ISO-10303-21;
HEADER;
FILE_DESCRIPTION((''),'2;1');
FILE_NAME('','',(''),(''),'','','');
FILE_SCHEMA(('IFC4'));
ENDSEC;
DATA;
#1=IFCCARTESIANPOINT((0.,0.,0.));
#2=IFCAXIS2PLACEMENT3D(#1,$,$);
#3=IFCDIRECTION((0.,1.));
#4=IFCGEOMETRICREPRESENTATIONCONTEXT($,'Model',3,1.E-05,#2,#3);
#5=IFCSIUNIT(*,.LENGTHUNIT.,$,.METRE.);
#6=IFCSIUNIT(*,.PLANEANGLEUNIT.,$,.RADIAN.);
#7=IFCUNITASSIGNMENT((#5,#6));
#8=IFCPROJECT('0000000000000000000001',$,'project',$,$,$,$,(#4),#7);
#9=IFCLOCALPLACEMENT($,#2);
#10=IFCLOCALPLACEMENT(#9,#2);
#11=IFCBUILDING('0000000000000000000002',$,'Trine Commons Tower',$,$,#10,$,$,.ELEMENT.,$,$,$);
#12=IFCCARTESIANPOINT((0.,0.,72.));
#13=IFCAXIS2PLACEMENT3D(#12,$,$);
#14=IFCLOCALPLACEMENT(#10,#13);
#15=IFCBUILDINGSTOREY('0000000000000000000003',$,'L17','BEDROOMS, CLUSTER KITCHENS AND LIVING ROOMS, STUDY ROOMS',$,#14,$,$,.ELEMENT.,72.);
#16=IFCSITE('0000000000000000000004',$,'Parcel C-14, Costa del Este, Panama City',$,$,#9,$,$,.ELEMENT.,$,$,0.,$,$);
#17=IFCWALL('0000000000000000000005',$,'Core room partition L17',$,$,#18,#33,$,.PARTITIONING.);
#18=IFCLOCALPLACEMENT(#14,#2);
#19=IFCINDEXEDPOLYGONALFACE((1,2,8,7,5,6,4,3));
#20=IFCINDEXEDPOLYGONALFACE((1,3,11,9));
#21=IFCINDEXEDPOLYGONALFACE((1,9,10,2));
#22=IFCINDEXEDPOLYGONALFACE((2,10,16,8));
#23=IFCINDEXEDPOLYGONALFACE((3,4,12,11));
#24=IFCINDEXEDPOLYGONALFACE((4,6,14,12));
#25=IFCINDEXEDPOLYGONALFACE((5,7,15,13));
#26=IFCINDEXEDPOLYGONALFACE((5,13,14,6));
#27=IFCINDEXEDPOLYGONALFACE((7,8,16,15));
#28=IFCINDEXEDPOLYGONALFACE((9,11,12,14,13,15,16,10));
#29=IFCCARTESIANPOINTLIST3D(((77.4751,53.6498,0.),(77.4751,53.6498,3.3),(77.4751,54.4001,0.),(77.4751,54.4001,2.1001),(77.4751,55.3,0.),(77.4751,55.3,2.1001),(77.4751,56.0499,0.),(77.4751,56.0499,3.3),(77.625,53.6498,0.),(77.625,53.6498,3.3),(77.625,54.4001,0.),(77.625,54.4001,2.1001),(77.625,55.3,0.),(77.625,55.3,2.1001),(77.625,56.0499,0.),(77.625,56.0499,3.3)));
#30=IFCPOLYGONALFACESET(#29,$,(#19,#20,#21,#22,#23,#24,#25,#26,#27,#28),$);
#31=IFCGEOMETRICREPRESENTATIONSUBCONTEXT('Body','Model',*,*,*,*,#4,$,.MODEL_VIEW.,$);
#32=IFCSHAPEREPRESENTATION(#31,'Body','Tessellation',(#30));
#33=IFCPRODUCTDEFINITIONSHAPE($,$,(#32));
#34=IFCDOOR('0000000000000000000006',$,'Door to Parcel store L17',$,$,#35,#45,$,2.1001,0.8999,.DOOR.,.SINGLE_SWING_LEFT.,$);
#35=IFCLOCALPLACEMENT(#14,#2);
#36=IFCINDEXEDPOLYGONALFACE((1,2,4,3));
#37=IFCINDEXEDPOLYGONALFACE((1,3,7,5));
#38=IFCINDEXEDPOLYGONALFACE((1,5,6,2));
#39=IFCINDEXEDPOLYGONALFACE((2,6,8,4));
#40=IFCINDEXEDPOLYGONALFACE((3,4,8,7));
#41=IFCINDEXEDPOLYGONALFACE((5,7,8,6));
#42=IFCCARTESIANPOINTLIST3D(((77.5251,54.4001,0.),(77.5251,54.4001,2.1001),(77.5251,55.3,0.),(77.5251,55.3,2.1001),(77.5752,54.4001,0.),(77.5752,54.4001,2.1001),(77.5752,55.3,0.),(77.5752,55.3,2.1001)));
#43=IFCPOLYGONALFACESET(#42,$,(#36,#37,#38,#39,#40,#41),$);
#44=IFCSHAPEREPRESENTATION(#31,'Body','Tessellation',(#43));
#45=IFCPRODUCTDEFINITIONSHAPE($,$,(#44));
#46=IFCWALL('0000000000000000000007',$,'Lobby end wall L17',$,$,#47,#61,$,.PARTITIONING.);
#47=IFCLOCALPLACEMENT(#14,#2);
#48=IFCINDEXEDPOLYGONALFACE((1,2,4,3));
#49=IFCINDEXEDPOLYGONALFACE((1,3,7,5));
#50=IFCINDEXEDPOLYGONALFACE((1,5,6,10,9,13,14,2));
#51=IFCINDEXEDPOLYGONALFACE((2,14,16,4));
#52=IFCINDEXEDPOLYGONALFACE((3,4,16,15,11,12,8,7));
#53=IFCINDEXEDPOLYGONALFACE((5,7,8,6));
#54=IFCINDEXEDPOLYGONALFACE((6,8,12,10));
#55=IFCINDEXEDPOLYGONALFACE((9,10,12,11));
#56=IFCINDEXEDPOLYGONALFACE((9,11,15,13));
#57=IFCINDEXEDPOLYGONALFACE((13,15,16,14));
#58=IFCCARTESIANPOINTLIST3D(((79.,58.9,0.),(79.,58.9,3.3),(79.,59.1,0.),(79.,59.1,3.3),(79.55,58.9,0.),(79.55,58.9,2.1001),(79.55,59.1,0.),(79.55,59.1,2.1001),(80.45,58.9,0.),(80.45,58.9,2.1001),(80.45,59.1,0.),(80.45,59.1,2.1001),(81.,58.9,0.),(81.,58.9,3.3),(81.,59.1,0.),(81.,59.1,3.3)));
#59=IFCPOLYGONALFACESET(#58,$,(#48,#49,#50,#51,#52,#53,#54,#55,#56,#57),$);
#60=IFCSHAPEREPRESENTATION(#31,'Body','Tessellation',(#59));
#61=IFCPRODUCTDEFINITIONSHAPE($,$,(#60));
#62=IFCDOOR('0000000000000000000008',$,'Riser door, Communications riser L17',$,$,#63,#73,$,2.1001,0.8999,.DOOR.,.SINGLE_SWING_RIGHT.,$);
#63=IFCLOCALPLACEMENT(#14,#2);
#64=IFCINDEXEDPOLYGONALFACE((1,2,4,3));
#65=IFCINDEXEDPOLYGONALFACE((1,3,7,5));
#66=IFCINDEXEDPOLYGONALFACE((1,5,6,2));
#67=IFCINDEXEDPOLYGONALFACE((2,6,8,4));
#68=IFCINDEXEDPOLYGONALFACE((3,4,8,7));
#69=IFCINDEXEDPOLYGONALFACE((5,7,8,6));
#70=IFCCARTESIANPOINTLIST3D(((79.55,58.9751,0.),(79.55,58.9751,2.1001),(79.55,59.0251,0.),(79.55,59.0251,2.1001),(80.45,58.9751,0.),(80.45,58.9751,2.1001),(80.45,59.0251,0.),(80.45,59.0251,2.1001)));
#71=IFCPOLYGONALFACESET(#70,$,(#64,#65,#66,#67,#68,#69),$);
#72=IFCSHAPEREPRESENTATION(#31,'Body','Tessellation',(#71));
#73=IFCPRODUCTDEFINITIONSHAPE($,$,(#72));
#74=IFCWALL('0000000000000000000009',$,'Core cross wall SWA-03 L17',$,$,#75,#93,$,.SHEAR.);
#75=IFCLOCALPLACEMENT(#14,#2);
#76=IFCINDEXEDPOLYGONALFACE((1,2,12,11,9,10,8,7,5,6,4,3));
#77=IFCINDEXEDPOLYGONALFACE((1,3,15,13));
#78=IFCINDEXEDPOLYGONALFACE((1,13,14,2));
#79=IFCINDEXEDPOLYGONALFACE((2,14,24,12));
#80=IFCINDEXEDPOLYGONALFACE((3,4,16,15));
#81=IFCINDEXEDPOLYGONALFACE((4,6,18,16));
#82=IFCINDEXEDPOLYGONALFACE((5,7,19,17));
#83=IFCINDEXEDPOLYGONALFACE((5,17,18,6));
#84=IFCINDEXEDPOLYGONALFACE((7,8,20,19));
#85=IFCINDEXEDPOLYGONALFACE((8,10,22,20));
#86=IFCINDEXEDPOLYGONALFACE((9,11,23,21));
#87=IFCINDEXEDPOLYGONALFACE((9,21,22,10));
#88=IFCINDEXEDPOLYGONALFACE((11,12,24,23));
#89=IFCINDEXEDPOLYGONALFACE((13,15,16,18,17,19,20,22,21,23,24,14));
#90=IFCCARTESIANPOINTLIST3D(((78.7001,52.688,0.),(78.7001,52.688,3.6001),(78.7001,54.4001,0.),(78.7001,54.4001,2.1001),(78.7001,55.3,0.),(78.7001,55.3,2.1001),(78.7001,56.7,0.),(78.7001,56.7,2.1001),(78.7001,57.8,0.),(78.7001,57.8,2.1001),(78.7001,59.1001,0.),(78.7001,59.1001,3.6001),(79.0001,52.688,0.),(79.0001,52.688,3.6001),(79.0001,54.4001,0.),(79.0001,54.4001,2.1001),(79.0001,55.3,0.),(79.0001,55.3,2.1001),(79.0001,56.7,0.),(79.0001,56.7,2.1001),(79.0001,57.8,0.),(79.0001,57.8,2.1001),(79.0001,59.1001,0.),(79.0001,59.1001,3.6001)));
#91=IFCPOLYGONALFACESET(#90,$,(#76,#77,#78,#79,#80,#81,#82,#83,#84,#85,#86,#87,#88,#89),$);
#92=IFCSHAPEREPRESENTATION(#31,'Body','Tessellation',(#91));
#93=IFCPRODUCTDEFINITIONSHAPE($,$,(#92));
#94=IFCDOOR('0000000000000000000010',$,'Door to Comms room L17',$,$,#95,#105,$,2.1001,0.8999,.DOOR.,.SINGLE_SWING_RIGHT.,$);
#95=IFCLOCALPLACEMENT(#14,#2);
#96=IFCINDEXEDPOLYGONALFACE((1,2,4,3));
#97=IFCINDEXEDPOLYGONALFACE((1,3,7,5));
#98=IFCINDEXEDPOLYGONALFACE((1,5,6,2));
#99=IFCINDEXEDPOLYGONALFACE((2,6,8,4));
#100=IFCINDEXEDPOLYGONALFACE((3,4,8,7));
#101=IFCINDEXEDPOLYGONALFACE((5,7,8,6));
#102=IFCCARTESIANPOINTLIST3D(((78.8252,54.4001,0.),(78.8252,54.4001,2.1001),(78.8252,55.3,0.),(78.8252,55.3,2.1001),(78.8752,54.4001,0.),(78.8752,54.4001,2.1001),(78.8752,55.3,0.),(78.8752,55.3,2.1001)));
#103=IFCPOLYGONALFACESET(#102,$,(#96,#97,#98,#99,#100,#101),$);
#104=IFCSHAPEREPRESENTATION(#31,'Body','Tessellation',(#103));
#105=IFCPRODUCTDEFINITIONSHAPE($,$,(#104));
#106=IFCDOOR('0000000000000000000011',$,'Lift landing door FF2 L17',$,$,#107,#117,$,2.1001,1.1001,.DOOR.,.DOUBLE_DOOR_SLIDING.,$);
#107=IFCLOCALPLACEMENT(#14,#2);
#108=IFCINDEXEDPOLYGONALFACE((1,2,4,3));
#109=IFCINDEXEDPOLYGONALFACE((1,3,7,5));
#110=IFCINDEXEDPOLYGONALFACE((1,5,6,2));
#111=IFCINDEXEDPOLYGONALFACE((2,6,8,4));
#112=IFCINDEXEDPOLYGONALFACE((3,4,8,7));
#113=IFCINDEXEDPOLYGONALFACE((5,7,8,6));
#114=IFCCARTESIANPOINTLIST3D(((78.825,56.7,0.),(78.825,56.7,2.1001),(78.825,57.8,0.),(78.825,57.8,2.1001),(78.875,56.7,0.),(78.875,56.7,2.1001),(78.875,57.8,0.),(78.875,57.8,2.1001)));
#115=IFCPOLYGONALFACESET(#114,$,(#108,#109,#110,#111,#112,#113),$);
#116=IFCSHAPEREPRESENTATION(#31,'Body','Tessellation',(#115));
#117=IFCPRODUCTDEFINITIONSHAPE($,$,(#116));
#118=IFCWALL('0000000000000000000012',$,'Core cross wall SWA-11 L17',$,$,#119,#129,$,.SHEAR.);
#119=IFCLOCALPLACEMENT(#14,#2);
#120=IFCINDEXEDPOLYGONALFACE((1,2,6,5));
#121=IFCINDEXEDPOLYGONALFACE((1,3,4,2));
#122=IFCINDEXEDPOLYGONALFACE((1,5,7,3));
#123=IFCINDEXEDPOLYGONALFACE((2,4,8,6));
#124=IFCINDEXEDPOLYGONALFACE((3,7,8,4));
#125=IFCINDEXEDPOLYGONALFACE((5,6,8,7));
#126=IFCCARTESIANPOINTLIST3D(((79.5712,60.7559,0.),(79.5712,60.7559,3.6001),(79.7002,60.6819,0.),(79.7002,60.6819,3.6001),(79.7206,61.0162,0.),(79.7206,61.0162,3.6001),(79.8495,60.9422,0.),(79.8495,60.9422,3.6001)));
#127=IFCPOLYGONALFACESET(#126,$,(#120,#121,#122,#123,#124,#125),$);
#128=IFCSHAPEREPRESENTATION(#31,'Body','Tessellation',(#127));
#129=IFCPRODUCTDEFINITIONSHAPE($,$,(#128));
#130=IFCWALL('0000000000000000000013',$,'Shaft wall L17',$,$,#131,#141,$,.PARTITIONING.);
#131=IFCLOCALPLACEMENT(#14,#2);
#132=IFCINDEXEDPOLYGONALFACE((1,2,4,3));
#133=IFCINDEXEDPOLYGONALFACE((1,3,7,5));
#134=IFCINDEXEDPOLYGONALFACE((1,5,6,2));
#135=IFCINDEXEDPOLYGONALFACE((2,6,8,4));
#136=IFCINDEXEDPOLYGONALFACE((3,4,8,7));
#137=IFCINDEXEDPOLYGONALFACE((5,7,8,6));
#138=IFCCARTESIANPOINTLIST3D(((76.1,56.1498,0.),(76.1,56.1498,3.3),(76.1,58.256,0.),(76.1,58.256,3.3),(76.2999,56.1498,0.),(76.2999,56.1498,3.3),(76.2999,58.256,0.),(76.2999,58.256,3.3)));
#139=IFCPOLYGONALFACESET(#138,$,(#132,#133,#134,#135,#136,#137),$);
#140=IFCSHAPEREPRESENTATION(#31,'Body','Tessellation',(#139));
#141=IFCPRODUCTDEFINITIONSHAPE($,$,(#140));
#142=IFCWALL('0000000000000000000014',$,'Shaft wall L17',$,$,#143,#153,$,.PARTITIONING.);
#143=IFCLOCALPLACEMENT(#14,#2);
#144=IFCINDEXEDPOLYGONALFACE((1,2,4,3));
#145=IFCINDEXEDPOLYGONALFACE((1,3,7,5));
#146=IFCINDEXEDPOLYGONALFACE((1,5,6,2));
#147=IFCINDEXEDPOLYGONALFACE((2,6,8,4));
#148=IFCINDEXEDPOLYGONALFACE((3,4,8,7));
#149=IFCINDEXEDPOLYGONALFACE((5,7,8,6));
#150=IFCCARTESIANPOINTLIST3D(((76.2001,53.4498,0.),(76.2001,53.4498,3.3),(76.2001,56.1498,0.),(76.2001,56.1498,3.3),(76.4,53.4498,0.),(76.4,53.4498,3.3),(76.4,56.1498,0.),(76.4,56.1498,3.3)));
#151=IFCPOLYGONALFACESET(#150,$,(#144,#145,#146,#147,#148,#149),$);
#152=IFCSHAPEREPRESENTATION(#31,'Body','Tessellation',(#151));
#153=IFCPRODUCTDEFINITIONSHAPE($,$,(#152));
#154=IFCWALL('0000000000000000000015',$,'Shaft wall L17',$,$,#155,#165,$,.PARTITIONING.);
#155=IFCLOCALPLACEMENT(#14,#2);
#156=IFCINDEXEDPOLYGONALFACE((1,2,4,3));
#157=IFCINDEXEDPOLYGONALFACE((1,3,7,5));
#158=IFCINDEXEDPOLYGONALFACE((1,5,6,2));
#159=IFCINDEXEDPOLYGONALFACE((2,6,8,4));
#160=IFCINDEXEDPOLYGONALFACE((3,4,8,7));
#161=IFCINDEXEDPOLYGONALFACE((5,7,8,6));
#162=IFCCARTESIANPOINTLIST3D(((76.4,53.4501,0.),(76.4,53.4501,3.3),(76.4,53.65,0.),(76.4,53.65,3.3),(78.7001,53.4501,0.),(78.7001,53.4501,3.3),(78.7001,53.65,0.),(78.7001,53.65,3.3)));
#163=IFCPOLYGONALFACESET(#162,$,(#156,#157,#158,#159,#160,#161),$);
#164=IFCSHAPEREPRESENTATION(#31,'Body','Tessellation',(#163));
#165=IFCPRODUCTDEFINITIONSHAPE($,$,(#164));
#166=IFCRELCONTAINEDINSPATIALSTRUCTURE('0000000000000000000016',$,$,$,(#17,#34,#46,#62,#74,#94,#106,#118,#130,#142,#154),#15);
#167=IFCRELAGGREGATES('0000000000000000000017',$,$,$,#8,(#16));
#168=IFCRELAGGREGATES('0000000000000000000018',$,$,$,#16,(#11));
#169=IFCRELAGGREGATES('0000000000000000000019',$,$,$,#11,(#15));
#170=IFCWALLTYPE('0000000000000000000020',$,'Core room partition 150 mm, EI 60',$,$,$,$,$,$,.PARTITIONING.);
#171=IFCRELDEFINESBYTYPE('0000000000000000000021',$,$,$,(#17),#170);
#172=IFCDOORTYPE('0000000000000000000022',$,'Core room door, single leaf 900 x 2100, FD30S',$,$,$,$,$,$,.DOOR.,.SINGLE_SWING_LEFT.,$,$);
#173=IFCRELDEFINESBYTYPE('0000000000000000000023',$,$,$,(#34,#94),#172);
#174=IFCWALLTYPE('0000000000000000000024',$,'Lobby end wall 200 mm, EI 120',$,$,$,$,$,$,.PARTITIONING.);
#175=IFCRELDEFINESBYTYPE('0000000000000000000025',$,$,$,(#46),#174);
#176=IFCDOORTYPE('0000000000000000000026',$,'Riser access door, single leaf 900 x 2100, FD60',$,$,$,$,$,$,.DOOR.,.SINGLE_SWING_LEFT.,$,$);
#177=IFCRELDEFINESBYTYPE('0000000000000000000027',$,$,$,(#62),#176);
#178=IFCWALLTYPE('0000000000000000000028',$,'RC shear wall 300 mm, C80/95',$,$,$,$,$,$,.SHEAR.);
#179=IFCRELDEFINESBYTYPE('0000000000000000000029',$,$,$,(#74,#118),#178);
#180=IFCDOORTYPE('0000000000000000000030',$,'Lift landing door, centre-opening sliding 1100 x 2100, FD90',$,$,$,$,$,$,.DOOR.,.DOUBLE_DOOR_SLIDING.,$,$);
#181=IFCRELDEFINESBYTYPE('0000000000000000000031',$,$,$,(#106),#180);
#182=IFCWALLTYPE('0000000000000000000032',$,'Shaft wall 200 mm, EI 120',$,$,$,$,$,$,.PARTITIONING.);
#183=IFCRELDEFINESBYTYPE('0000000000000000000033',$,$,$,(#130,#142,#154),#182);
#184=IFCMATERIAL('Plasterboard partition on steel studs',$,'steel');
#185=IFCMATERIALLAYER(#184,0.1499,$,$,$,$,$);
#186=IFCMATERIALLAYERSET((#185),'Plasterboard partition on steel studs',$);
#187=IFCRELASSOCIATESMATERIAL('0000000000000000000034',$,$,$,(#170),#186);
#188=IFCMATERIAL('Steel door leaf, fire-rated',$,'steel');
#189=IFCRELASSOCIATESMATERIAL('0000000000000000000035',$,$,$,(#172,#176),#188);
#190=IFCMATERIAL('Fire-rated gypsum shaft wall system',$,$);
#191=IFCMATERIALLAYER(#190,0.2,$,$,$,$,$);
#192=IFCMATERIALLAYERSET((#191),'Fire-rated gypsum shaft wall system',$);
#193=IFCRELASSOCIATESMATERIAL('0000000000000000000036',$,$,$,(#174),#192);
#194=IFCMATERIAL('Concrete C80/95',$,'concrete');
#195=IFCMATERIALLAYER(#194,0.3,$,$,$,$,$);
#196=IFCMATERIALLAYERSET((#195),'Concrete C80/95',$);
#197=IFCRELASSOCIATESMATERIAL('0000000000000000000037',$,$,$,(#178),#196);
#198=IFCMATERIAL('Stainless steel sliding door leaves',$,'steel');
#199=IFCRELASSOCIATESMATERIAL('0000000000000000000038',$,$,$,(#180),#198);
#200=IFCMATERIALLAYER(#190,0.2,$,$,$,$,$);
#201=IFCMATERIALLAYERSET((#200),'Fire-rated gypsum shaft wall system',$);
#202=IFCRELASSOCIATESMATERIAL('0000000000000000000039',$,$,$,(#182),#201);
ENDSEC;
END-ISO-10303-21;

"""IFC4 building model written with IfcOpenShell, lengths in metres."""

from ifc_helpers import new_model, si_unit, direction, frame, frame_2d, origin, place, context, subcontext, project, spatial, rectangle, extrude, material, layer, layer_set, type_object, element, fill, save


model = new_model("IFC4")

# Units and contexts
model_context = context("Model", 3, precision=1e-05, world=origin(), true_north=direction((0.0, 1.0)))
body_context = subcontext(model_context, "Body", "Model", "MODEL_VIEW")
ifc_project = project(units=[si_unit("LENGTHUNIT", "METRE"), si_unit("PLANEANGLEUNIT", "RADIAN")], contexts=[model_context])

# Site, building, storey
site_placement = place(None, origin())
site = spatial("IfcSite", under=ifc_project, at=site_placement, Name="Parcel C-14, Costa del Este, Panama City", CompositionType="ELEMENT", RefElevation=0.0)
building_placement = place(site_placement, origin())
building = spatial("IfcBuilding", under=site, at=building_placement, Name="Trine Commons Tower", CompositionType="ELEMENT")
storey_placement = place(building_placement, frame((0.0, 0.0, 72.0)))
storey = spatial("IfcBuildingStorey", under=building, at=storey_placement, Name="L17", Description="BEDROOMS, CLUSTER KITCHENS AND LIVING ROOMS, STUDY ROOMS", CompositionType="ELEMENT", Elevation=72.0)

# Walls, openings, doors
ifc_material_1 = material(Name="Plasterboard partition on steel studs", Category="steel")
ifc_layer_1 = layer(ifc_material_1, 0.1499)
ifc_layer_set_1 = layer_set([ifc_layer_1], Name="Plasterboard partition on steel studs")
wall_type_1 = type_object("IfcWallType", Name="Core room partition 150 mm, EI 60", PredefinedType="PARTITIONING", material=ifc_layer_set_1)
wall_1_placement = place(storey_placement, frame((77.55, 56.05, 0.0), z_axis=(0.0, 0.0, 1.0), x_axis=(0.0, -1.0, 0.0)))
wall_1 = element("IfcWall", 1, at=wall_1_placement, inside=storey, type_object=wall_type_1, Name="Core room partition L17", PredefinedType="PARTITIONING", context=body_context, shape_type="SweptSolid", body=[
    extrude(rectangle(XDim=2.4001, YDim=0.1499, at=frame_2d((1.2002, 0.0))), origin(), (0.0, 0.0, 1.0), 3.3),
])
opening_1_placement = place(wall_1_placement, frame((0.75, 0.0, 0.0)))
opening_1 = element("IfcOpeningElement", 2, at=opening_1_placement, cuts=wall_1, PredefinedType="OPENING", context=body_context, shape_type="SweptSolid", body=[
    extrude(rectangle(XDim=0.8999, YDim=2.1001, at=frame_2d((0.45, 1.05))), frame((0.0, 0.085, 0.0), z_axis=(0.0, -1.0, 0.0), x_axis=(1.0, 0.0, 0.0)), (0.0, 0.0, 1.0), 0.1699),
])
ifc_material_2 = material(Name="Steel door leaf, fire-rated", Category="steel")
door_type_1 = type_object("IfcDoorType", Name="Core room door, single leaf 900 x 2100, FD30S", OperationType="SINGLE_SWING_LEFT", PredefinedType="DOOR", material=ifc_material_2)
door_1_placement = place(opening_1_placement, frame((0.8999, 0.0, 0.0), z_axis=(0.0, 0.0, 1.0), x_axis=(-1.0, 0.0, 0.0)))
door_1 = element("IfcDoor", 3, at=door_1_placement, inside=storey, type_object=door_type_1, Name="Door to Parcel store L17", OperationType="SINGLE_SWING_LEFT", OverallHeight=2.1001, OverallWidth=0.8999, PredefinedType="DOOR", context=body_context, shape_type="SweptSolid", body=[
    extrude(rectangle(XDim=0.8999, YDim=2.1001, at=frame_2d((0.45, 1.05))), frame((0.0, 0.0249, 0.0), z_axis=(0.0, -1.0, 0.0), x_axis=(1.0, 0.0, 0.0)), (0.0, 0.0, 1.0), 0.05),
])
fill(opening_1, door_1)
ifc_material_3 = material(Name="Fire-rated gypsum shaft wall system")
ifc_layer_2 = layer(ifc_material_3, 0.2)
ifc_layer_set_2 = layer_set([ifc_layer_2], Name="Fire-rated gypsum shaft wall system")
wall_type_2 = type_object("IfcWallType", Name="Lobby end wall 200 mm, EI 120", PredefinedType="PARTITIONING", material=ifc_layer_set_2)
wall_2_placement = place(storey_placement, frame((79.0, 59.0, 0.0), z_axis=(0.0, 0.0, 1.0), x_axis=(1.0, 0.0, 0.0)))
wall_2 = element("IfcWall", 4, at=wall_2_placement, inside=storey, type_object=wall_type_2, Name="Lobby end wall L17", PredefinedType="PARTITIONING", context=body_context, shape_type="SweptSolid", body=[
    extrude(rectangle(XDim=2.0, YDim=0.2, at=frame_2d((1.0, 0.0))), origin(), (0.0, 0.0, 1.0), 3.3),
])
opening_2_placement = place(wall_2_placement, frame((0.55, 0.0, 0.0)))
opening_2 = element("IfcOpeningElement", 5, at=opening_2_placement, cuts=wall_2, PredefinedType="OPENING", context=body_context, shape_type="SweptSolid", body=[
    extrude(rectangle(XDim=0.8999, YDim=2.1001, at=frame_2d((0.45, 1.05))), frame((0.0, 0.1099, 0.0), z_axis=(0.0, -1.0, 0.0), x_axis=(1.0, 0.0, 0.0)), (0.0, 0.0, 1.0), 0.22),
])
door_type_2 = type_object("IfcDoorType", Name="Riser access door, single leaf 900 x 2100, FD60", OperationType="SINGLE_SWING_LEFT", PredefinedType="DOOR", material=ifc_material_2)
door_2_placement = place(opening_2_placement, frame((0.8999, 0.0, 0.0), z_axis=(0.0, 0.0, 1.0), x_axis=(-1.0, 0.0, 0.0)))
door_2 = element("IfcDoor", 6, at=door_2_placement, inside=storey, type_object=door_type_2, Name="Riser door, Communications riser L17", OperationType="SINGLE_SWING_RIGHT", OverallHeight=2.1001, OverallWidth=0.8999, PredefinedType="DOOR", context=body_context, shape_type="SweptSolid", body=[
    extrude(rectangle(XDim=0.8999, YDim=2.1001, at=frame_2d((0.45, 1.05))), frame((0.0, 0.0249, 0.0), z_axis=(0.0, -1.0, 0.0), x_axis=(1.0, 0.0, 0.0)), (0.0, 0.0, 1.0), 0.05),
])
fill(opening_2, door_2)

# Wall, openings, doors
ifc_material_4 = material(Name="Concrete C80/95", Category="concrete")
ifc_layer_3 = layer(ifc_material_4, 0.3)
ifc_layer_set_3 = layer_set([ifc_layer_3], Name="Concrete C80/95")
wall_type_3 = type_object("IfcWallType", Name="RC shear wall 300 mm, C80/95", PredefinedType="SHEAR", material=ifc_layer_set_3)
wall_3_placement = place(storey_placement, frame((78.8501, 59.1001, 0.0), z_axis=(0.0, 0.0, 1.0), x_axis=(0.0, -1.0, 0.0)))
wall_3 = element("IfcWall", 7, at=wall_3_placement, inside=storey, type_object=wall_type_3, Name="Core cross wall SWA-03 L17", PredefinedType="SHEAR", context=body_context, shape_type="SweptSolid", body=[
    extrude(rectangle(XDim=6.4121, YDim=0.3, at=frame_2d((3.2061, 0.0))), origin(), (0.0, 0.0, 1.0), 3.6001),
])
opening_3_placement = place(wall_3_placement, frame((3.8, 0.0, 0.0)))
opening_3 = element("IfcOpeningElement", 8, at=opening_3_placement, cuts=wall_3, PredefinedType="OPENING", context=body_context, shape_type="SweptSolid", body=[
    extrude(rectangle(XDim=0.8999, YDim=2.1001, at=frame_2d((0.45, 1.05))), frame((0.0, 0.1599, 0.0), z_axis=(0.0, -1.0, 0.0), x_axis=(1.0, 0.0, 0.0)), (0.0, 0.0, 1.0), 0.3201),
])
opening_4_placement = place(wall_3_placement, frame((1.3, 0.0, 0.0)))
opening_4 = element("IfcOpeningElement", 9, at=opening_4_placement, cuts=wall_3, PredefinedType="OPENING", context=body_context, shape_type="SweptSolid", body=[
    extrude(rectangle(XDim=1.1001, YDim=2.1001, at=frame_2d((0.55, 1.05))), frame((0.0, 0.1599, 0.0), z_axis=(0.0, -1.0, 0.0), x_axis=(1.0, 0.0, 0.0)), (0.0, 0.0, 1.0), 0.3201),
])
door_3_placement = place(opening_3_placement, frame((0.8999, 0.0, 0.0), z_axis=(0.0, 0.0, 1.0), x_axis=(-1.0, 0.0, 0.0)))
door_3 = element("IfcDoor", 10, at=door_3_placement, inside=storey, type_object=door_type_1, Name="Door to Comms room L17", OperationType="SINGLE_SWING_RIGHT", OverallHeight=2.1001, OverallWidth=0.8999, PredefinedType="DOOR", context=body_context, shape_type="SweptSolid", body=[
    extrude(rectangle(XDim=0.8999, YDim=2.1001, at=frame_2d((0.45, 1.05))), frame((0.0, 0.0249, 0.0), z_axis=(0.0, -1.0, 0.0), x_axis=(1.0, 0.0, 0.0)), (0.0, 0.0, 1.0), 0.05),
])
fill(opening_3, door_3)
ifc_material_5 = material(Name="Stainless steel sliding door leaves", Category="steel")
door_type_3 = type_object("IfcDoorType", Name="Lift landing door, centre-opening sliding 1100 x 2100, FD90", OperationType="DOUBLE_DOOR_SLIDING", PredefinedType="DOOR", material=ifc_material_5)
door_4_placement = place(opening_4_placement, origin())
door_4 = element("IfcDoor", 11, at=door_4_placement, inside=storey, type_object=door_type_3, Name="Lift landing door FF2 L17", OperationType="DOUBLE_DOOR_SLIDING", OverallHeight=2.1001, OverallWidth=1.1001, PredefinedType="DOOR", context=body_context, shape_type="SweptSolid", body=[
    extrude(rectangle(XDim=1.1001, YDim=2.1001, at=frame_2d((0.55, 1.05))), frame((0.0, 0.0249, 0.0), z_axis=(0.0, -1.0, 0.0), x_axis=(1.0, 0.0, 0.0)), (0.0, 0.0, 1.0), 0.05),
])
fill(opening_4, door_4)

# Walls
wall_4_placement = place(storey_placement, frame((79.646, 60.886, 0.0), z_axis=(0.0, 0.0, 1.0), x_axis=(0.867332, -0.49773, 0.0)))
element("IfcWall", 12, at=wall_4_placement, inside=storey, type_object=wall_type_3, Name="Core cross wall SWA-11 L17", PredefinedType="SHEAR", context=body_context, shape_type="SweptSolid", body=[
    extrude(rectangle(XDim=0.1487, YDim=0.3, at=frame_2d((0.0742, 0.0))), origin(), (0.0, 0.0, 1.0), 3.6001),
])
ifc_layer_4 = layer(ifc_material_3, 0.2)
ifc_layer_set_4 = layer_set([ifc_layer_4], Name="Fire-rated gypsum shaft wall system")
wall_type_4 = type_object("IfcWallType", Name="Shaft wall 200 mm, EI 120", PredefinedType="PARTITIONING", material=ifc_layer_set_4)
wall_5_placement = place(storey_placement, frame((76.2, 58.2561, 0.0), z_axis=(0.0, 0.0, 1.0), x_axis=(0.0, -1.0, 0.0)))
element("IfcWall", 13, at=wall_5_placement, inside=storey, type_object=wall_type_4, Name="Shaft wall L17", PredefinedType="PARTITIONING", context=body_context, shape_type="SweptSolid", body=[
    extrude(rectangle(XDim=2.1062, YDim=0.2, at=frame_2d((1.0532, 0.0))), origin(), (0.0, 0.0, 1.0), 3.3),
])
wall_6_placement = place(storey_placement, frame((76.3, 56.1499, 0.0), z_axis=(0.0, 0.0, 1.0), x_axis=(0.0, -1.0, 0.0)))
element("IfcWall", 14, at=wall_6_placement, inside=storey, type_object=wall_type_4, Name="Shaft wall L17", PredefinedType="PARTITIONING", context=body_context, shape_type="SweptSolid", body=[
    extrude(rectangle(XDim=2.7, YDim=0.2, at=frame_2d((1.3501, 0.0))), origin(), (0.0, 0.0, 1.0), 3.3),
])
for number, where, z_axis, x_axis, name in (
    (15, (78.7, 53.55, 0.0), (0.0, 0.0, 1.0), (-1.0, 0.0, 0.0), "Shaft wall L17"),
):
    element("IfcWall", number, at=place(storey_placement, frame(where, z_axis=z_axis, x_axis=x_axis)), inside=storey, type_object=wall_type_4, Name=name, PredefinedType="PARTITIONING", context=body_context, shape_type="SweptSolid", body=[
        extrude(rectangle(XDim=2.3, YDim=0.2, at=frame_2d((1.1499, 0.0))), origin(), (0.0, 0.0, 1.0), 3.3),
    ])

save(model, "model.ifc")
